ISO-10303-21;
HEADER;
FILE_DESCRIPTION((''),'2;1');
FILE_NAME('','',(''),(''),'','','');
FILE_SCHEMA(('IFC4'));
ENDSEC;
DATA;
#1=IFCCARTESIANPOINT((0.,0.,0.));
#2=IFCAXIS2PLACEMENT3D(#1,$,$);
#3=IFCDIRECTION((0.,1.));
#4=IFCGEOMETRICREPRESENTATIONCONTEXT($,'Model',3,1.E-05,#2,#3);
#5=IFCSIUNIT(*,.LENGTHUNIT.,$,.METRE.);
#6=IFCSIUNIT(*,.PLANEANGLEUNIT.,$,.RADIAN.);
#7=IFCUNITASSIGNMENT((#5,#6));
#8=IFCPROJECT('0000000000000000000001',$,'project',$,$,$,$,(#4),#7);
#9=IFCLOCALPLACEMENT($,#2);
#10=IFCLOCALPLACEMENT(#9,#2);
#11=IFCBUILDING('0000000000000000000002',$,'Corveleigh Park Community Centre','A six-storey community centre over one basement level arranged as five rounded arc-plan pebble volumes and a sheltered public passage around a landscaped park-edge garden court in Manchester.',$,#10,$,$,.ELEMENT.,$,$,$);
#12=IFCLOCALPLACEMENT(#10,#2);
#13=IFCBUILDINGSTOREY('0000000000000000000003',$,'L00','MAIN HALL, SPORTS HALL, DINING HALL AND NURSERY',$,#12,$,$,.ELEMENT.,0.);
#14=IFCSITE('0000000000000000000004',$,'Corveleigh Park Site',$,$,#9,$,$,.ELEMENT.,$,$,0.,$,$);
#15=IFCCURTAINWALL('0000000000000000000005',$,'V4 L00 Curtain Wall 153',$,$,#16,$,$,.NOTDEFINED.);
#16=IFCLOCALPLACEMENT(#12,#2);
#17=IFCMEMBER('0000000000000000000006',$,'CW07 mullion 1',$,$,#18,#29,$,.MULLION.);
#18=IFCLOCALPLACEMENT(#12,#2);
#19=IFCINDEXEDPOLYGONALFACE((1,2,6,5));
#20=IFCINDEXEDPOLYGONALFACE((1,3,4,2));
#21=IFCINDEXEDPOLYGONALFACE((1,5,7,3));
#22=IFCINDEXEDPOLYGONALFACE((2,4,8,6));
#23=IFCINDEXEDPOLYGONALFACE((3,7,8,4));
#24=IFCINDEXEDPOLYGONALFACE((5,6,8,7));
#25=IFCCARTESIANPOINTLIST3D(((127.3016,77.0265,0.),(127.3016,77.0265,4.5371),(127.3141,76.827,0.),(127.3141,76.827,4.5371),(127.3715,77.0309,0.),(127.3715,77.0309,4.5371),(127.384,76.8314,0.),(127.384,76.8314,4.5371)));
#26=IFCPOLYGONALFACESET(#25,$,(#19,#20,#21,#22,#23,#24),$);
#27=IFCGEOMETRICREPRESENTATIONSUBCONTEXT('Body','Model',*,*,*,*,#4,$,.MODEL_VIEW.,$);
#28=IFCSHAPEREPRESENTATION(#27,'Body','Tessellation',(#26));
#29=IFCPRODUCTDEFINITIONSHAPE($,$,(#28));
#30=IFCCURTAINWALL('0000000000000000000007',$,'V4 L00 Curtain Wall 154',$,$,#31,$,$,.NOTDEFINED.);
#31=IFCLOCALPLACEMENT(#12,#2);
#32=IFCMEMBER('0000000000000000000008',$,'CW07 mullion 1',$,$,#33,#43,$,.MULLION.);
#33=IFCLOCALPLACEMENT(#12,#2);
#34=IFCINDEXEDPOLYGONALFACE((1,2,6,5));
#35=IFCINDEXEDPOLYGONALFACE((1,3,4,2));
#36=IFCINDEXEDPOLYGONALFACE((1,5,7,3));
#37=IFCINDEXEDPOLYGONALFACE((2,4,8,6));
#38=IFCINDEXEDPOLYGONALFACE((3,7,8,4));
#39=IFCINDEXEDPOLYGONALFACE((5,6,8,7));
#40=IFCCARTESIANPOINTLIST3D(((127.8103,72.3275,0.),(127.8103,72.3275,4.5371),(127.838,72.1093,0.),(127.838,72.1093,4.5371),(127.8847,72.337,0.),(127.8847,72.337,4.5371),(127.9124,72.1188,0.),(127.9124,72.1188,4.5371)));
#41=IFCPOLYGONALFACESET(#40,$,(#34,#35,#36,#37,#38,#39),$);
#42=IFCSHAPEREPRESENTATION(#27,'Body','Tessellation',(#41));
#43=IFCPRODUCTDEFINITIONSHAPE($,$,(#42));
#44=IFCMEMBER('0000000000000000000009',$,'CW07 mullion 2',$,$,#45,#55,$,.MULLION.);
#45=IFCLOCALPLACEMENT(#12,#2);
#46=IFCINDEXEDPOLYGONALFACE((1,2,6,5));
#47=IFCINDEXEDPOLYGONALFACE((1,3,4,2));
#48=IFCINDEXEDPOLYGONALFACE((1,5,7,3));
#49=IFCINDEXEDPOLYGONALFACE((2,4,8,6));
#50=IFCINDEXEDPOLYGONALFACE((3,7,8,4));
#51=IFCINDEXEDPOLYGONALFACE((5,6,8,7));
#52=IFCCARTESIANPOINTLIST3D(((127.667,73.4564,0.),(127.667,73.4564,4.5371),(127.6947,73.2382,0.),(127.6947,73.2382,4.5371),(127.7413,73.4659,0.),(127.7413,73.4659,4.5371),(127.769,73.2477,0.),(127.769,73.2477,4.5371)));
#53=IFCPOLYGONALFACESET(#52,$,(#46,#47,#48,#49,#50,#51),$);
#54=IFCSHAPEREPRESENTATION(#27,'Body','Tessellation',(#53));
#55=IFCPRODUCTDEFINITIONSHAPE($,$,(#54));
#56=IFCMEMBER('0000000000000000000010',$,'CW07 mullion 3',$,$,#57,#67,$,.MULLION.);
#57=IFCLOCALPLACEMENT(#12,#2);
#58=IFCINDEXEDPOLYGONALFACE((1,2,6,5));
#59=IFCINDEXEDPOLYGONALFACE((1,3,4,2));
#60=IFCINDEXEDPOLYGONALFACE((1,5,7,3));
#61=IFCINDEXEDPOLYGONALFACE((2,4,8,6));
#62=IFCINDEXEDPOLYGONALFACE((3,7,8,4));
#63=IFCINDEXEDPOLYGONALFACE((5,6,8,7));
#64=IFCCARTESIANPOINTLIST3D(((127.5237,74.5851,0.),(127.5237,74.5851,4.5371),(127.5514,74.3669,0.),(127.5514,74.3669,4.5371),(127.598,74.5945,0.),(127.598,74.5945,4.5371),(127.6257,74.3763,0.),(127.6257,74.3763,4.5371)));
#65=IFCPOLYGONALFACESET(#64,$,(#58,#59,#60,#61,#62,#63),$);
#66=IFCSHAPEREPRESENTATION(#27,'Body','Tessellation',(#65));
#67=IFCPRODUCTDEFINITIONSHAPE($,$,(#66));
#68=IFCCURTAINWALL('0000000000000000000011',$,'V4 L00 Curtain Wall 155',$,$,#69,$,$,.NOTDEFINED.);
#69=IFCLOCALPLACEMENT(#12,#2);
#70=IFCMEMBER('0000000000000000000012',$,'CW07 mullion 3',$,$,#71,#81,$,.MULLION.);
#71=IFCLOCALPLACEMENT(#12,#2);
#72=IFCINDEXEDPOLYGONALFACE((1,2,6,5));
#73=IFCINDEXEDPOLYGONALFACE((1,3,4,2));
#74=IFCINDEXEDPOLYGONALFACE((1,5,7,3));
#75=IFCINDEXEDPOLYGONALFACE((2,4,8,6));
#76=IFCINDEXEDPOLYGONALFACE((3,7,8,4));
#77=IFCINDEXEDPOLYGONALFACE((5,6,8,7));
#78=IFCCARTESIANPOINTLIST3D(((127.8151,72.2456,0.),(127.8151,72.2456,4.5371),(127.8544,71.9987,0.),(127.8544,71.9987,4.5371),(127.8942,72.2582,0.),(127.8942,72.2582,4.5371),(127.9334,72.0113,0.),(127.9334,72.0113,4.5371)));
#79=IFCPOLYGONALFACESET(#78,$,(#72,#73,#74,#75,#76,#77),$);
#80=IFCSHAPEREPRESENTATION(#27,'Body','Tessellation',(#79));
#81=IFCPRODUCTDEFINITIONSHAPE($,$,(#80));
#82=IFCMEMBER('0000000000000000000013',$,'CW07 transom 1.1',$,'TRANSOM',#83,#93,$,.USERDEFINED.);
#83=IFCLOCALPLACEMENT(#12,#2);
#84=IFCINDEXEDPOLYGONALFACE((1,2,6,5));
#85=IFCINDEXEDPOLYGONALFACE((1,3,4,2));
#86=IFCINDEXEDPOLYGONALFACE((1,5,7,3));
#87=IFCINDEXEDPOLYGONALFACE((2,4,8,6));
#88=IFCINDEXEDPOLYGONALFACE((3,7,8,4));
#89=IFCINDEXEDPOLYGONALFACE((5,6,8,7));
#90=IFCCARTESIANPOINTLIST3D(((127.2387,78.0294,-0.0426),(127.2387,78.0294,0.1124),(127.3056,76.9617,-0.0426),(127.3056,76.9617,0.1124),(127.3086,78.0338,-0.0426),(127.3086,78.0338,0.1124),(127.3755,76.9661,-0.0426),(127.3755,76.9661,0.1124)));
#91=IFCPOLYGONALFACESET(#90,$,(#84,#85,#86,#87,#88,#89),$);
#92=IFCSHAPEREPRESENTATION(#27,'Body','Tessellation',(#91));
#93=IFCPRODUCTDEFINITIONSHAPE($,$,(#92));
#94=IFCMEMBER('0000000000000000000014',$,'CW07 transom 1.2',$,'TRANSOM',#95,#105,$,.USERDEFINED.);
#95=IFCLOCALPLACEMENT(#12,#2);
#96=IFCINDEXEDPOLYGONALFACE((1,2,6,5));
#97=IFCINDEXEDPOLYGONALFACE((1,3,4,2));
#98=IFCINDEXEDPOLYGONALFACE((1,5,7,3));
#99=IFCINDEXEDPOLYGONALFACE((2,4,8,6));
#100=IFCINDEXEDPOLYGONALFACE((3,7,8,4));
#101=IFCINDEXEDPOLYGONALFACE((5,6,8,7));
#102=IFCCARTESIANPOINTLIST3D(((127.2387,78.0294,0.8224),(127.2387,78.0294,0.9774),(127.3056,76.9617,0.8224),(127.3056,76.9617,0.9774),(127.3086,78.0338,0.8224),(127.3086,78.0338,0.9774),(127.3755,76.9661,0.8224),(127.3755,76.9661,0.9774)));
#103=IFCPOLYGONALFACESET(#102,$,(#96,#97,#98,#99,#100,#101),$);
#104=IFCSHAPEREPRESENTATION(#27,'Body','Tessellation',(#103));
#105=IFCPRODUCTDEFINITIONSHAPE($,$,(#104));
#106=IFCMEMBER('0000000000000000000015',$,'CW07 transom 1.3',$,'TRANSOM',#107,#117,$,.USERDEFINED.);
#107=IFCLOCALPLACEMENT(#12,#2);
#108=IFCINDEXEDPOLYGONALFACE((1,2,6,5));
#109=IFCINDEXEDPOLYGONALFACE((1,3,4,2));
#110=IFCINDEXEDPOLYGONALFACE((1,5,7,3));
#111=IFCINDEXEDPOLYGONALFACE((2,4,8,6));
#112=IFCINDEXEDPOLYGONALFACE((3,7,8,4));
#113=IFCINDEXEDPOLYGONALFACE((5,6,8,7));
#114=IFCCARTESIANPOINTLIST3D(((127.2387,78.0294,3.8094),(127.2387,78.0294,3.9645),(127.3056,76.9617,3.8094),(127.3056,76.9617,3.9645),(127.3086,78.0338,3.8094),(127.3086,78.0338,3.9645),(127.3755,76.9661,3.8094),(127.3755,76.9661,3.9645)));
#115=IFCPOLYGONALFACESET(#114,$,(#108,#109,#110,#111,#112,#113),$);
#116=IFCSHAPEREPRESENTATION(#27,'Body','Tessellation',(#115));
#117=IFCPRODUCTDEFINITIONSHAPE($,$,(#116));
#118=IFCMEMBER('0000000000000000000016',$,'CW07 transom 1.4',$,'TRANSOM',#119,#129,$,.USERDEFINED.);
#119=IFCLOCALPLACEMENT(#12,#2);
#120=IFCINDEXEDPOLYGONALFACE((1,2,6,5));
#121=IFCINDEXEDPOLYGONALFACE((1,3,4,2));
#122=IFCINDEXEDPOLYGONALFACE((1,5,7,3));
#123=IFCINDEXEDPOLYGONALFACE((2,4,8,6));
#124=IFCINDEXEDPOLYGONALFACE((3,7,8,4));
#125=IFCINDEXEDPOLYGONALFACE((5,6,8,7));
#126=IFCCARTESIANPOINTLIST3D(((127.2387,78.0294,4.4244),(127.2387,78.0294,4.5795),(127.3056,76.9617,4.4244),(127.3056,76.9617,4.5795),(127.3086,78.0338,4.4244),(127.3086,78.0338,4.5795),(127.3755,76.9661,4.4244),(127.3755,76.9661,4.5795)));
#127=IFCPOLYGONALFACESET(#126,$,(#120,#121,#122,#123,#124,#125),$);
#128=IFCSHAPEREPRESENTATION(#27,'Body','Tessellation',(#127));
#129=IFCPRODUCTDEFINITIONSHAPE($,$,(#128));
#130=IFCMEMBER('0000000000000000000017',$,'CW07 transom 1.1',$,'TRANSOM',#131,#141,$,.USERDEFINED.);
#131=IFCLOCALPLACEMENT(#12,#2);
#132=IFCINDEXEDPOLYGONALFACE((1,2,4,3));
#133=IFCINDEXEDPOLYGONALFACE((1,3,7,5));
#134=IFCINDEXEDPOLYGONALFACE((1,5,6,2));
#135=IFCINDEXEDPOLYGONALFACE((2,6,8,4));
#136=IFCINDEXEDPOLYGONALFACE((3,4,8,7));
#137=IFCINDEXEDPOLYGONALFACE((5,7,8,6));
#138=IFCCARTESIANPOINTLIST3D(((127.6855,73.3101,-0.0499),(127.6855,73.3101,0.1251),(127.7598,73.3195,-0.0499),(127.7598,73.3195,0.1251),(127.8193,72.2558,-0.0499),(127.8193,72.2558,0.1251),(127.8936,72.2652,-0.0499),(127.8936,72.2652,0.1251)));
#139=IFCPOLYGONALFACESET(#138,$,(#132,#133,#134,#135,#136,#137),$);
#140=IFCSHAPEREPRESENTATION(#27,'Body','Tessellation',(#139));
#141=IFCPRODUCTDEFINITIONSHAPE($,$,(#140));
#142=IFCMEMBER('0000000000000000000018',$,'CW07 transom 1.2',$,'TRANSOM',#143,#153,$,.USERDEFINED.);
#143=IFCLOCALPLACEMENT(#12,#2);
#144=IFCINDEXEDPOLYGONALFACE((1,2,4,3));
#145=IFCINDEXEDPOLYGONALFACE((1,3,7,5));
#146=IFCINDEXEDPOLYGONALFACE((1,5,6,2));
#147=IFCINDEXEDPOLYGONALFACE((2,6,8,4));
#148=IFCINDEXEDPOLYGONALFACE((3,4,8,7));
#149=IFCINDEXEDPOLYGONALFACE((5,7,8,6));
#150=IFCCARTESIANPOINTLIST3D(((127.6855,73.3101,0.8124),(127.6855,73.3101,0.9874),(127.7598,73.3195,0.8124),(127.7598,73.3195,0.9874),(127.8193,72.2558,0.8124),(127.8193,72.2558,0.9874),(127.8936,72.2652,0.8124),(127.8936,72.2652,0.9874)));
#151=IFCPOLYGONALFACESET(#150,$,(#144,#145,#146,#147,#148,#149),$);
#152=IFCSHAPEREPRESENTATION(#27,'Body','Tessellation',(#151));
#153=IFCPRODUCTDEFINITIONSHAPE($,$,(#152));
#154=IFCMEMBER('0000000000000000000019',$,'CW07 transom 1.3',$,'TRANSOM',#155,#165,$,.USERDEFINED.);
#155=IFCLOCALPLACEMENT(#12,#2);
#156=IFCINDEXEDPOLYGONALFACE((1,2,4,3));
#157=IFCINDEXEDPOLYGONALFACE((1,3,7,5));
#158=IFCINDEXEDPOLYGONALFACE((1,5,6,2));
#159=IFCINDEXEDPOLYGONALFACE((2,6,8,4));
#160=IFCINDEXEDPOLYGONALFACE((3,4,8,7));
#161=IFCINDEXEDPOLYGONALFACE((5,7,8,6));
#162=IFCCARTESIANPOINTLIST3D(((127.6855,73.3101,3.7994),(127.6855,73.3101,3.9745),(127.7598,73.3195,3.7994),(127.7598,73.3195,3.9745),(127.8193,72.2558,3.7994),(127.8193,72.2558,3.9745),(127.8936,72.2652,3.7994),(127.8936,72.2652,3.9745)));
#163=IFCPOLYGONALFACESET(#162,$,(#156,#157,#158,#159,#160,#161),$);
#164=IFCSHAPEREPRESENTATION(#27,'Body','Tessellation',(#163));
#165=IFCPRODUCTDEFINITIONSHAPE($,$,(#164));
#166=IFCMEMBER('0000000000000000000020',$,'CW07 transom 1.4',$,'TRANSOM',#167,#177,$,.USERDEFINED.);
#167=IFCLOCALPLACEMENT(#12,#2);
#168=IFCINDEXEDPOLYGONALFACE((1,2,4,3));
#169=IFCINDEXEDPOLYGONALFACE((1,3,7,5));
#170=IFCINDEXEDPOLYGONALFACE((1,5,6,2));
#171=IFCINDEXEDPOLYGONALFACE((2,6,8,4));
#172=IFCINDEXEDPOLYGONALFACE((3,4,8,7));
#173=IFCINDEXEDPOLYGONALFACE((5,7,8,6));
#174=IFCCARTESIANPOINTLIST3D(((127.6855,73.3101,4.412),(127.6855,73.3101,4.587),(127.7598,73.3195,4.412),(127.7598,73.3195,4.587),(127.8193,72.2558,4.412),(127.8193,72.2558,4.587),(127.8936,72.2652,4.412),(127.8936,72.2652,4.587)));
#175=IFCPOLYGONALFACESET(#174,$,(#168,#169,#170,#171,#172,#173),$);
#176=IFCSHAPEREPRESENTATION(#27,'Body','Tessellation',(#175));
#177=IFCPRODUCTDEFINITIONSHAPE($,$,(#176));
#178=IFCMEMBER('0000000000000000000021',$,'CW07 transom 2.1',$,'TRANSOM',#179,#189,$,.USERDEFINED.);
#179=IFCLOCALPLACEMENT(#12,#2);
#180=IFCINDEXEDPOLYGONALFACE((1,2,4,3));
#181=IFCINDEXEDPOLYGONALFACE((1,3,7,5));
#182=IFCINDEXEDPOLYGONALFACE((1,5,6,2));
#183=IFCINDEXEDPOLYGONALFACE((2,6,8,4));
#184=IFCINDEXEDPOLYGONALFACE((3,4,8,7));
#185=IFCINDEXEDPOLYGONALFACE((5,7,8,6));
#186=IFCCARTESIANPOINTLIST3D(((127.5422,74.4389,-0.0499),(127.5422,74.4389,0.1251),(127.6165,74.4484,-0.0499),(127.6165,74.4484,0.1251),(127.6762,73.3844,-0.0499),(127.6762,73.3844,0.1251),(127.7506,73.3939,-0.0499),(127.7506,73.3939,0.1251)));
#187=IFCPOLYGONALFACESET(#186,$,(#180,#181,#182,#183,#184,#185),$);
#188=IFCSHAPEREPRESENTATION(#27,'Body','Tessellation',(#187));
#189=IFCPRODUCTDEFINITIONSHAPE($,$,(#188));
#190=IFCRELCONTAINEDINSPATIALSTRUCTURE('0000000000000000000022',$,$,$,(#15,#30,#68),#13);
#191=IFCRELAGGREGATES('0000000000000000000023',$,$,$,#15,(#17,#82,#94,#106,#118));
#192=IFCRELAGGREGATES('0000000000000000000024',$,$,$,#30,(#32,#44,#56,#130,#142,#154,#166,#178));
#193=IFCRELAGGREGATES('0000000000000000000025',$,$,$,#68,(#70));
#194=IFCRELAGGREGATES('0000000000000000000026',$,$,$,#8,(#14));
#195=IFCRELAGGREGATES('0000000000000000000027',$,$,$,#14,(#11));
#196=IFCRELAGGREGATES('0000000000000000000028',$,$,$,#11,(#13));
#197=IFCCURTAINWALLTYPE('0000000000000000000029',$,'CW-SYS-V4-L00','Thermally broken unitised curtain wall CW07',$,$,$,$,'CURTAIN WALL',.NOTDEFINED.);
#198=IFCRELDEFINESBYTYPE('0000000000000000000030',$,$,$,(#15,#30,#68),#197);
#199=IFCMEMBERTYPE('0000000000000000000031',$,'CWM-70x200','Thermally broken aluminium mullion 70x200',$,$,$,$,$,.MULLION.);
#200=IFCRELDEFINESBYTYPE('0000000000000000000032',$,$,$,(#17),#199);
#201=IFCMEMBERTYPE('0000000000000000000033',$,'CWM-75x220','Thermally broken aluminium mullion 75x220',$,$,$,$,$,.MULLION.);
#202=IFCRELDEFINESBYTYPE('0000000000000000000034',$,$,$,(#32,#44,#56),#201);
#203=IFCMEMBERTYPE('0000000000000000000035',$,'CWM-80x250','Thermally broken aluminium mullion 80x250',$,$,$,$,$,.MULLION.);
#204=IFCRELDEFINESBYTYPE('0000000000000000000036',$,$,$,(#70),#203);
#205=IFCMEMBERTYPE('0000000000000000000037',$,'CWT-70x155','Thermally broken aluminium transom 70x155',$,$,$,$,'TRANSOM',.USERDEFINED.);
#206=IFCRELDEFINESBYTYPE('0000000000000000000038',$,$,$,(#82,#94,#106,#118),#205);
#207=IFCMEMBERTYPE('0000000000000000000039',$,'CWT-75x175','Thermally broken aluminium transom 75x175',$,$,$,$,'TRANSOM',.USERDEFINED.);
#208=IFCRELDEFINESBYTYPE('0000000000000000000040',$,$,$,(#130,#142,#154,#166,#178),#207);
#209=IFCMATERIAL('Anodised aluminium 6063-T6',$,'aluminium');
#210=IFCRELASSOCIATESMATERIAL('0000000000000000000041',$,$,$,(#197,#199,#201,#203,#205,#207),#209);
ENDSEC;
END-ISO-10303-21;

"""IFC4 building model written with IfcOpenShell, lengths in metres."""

from ifc_helpers import new_model, si_unit, direction, frame, origin, origin_2d, place, context, subcontext, project, spatial, rectangle, extrude, material, material_profile, profile_set, type_object, element, aggregate, save


model = new_model("IFC4")

# Units and contexts
model_context = context("Model", 3, precision=1e-05, world=origin(), true_north=direction((0.0, 1.0)))
body_context = subcontext(model_context, "Body", "Model", "MODEL_VIEW")
ifc_project = project(units=[si_unit("LENGTHUNIT", "METRE"), si_unit("PLANEANGLEUNIT", "RADIAN")], contexts=[model_context])

# Site, building, storey
site_placement = place(None, origin())
site = spatial("IfcSite", under=ifc_project, at=site_placement, Name="Corveleigh Park Site", CompositionType="ELEMENT", RefElevation=0.0)
building_placement = place(site_placement, origin())
building = spatial("IfcBuilding", under=site, at=building_placement, Name="Corveleigh Park Community Centre", Description="A six-storey community centre over one basement level arranged as five rounded arc-plan pebble volumes and a sheltered public passage around a landscaped park-edge garden court in Manchester.", CompositionType="ELEMENT")
storey_placement = place(building_placement, origin())
storey = spatial("IfcBuildingStorey", under=building, at=storey_placement, Name="L00", Description="MAIN HALL, SPORTS HALL, DINING HALL AND NURSERY", CompositionType="ELEMENT", Elevation=0.0)

# Curtain wall, member
ifc_material_1 = material(Name="Anodised aluminium 6063-T6", Category="aluminium")
curtain_wall_type = type_object("IfcCurtainWallType", Name="CW-SYS-V4-L00", Description="Thermally broken unitised curtain wall CW07", ElementType="CURTAIN WALL", PredefinedType="NOTDEFINED", material=ifc_material_1)
curtain_wall_1_placement = place(storey_placement, origin())
curtain_wall_1 = element("IfcCurtainWall", 1, at=curtain_wall_1_placement, inside=storey, type_object=curtain_wall_type, Name="V4 L00 Curtain Wall 153", PredefinedType="NOTDEFINED")
ifc_material_profile_1 = material_profile(ifc_material_1, rectangle(XDim=0.0701, YDim=0.2, at=origin_2d()), Name="ALU-M70x200", Category="aluminium")
ifc_profile_set_1 = profile_set([ifc_material_profile_1], Name="Anodised aluminium 6063-T6")
member_type_1 = type_object("IfcMemberType", Name="CWM-70x200", Description="Thermally broken aluminium mullion 70x200", PredefinedType="MULLION", material=ifc_profile_set_1)
member_1_placement = place(storey_placement, frame((127.3428, 76.929, 0.0), z_axis=(0.0, 0.0, 1.0), x_axis=(-0.998041, -0.062564, 0.0)))
member_1 = element("IfcMember", 2, at=member_1_placement, type_object=member_type_1, Name="CW07 mullion 1", PredefinedType="MULLION", context=body_context, shape_type="SweptSolid", body=[
    extrude(rectangle(XDim=0.0701, YDim=0.2, at=origin_2d()), origin(), (0.0, 0.0, 1.0), 4.5371),
])

# Curtain wall, members
curtain_wall_2_placement = place(storey_placement, origin())
curtain_wall_2 = element("IfcCurtainWall", 3, at=curtain_wall_2_placement, inside=storey, type_object=curtain_wall_type, Name="V4 L00 Curtain Wall 154", PredefinedType="NOTDEFINED")
ifc_material_profile_2 = material_profile(ifc_material_1, rectangle(XDim=0.075, YDim=0.22, at=origin_2d()), Name="ALU-M75x220", Category="aluminium")
ifc_profile_set_2 = profile_set([ifc_material_profile_2], Name="Anodised aluminium 6063-T6")
member_type_2 = type_object("IfcMemberType", Name="CWM-75x220", Description="Thermally broken aluminium mullion 75x220", PredefinedType="MULLION", material=ifc_profile_set_2)
member_2_placement = place(storey_placement, frame((127.8613, 72.2231, 0.0), z_axis=(0.0, 0.0, 1.0), x_axis=(-0.99204, -0.125919, 0.0)))
member_2 = element("IfcMember", 4, at=member_2_placement, type_object=member_type_2, Name="CW07 mullion 1", PredefinedType="MULLION", context=body_context, shape_type="SweptSolid", body=[
    extrude(rectangle(XDim=0.075, YDim=0.22, at=origin_2d()), origin(), (0.0, 0.0, 1.0), 4.5371),
])
member_3_placement = place(storey_placement, frame((127.718, 73.3521, 0.0), z_axis=(0.0, 0.0, 1.0), x_axis=(-0.99204, -0.125919, 0.0)))
member_3 = element("IfcMember", 5, at=member_3_placement, type_object=member_type_2, Name="CW07 mullion 2", PredefinedType="MULLION", context=body_context, shape_type="SweptSolid", body=[
    extrude(rectangle(XDim=0.075, YDim=0.22, at=origin_2d()), origin(), (0.0, 0.0, 1.0), 4.5371),
])
member_4_placement = place(storey_placement, frame((127.5747, 74.4807, 0.0), z_axis=(0.0, 0.0, 1.0), x_axis=(-0.99204, -0.125919, 0.0)))
member_4 = element("IfcMember", 6, at=member_4_placement, type_object=member_type_2, Name="CW07 mullion 3", PredefinedType="MULLION", context=body_context, shape_type="SweptSolid", body=[
    extrude(rectangle(XDim=0.075, YDim=0.22, at=origin_2d()), origin(), (0.0, 0.0, 1.0), 4.5371),
])

# Curtain wall, member
curtain_wall_3_placement = place(storey_placement, origin())
curtain_wall_3 = element("IfcCurtainWall", 7, at=curtain_wall_3_placement, inside=storey, type_object=curtain_wall_type, Name="V4 L00 Curtain Wall 155", PredefinedType="NOTDEFINED")
ifc_material_profile_3 = material_profile(ifc_material_1, rectangle(XDim=0.0801, YDim=0.25, at=origin_2d()), Name="ALU-M80x250", Category="aluminium")
ifc_profile_set_3 = profile_set([ifc_material_profile_3], Name="Anodised aluminium 6063-T6")
member_type_3 = type_object("IfcMemberType", Name="CWM-80x250", Description="Thermally broken aluminium mullion 80x250", PredefinedType="MULLION", material=ifc_profile_set_3)
member_5_placement = place(storey_placement, frame((127.8743, 72.1284, 0.0), z_axis=(0.0, 0.0, 1.0), x_axis=(-0.987597, -0.157011, 0.0)))
member_5 = element("IfcMember", 8, at=member_5_placement, type_object=member_type_3, Name="CW07 mullion 3", PredefinedType="MULLION", context=body_context, shape_type="SweptSolid", body=[
    extrude(rectangle(XDim=0.0801, YDim=0.25, at=origin_2d()), origin(), (0.0, 0.0, 1.0), 4.5371),
])

# Members
ifc_material_profile_4 = material_profile(ifc_material_1, rectangle(XDim=0.0701, YDim=0.155, at=origin_2d()), Name="ALU-T70x155", Category="aluminium")
ifc_profile_set_4 = profile_set([ifc_material_profile_4], Name="Anodised aluminium 6063-T6")
member_type_4 = type_object("IfcMemberType", Name="CWT-70x155", Description="Thermally broken aluminium transom 70x155", ElementType="TRANSOM", PredefinedType="USERDEFINED", material=ifc_profile_set_4)
member_6_placement = place(storey_placement, frame((127.3406, 76.9639, 0.0349), z_axis=(-0.062535, 0.998043, 0.0), x_axis=(-0.998043, -0.062535, 0.0)))
member_6 = element("IfcMember", 9, at=member_6_placement, type_object=member_type_4, Name="CW07 transom 1.1", ObjectType="TRANSOM", PredefinedType="USERDEFINED", context=body_context, shape_type="SweptSolid", body=[
    extrude(rectangle(XDim=0.0701, YDim=0.155, at=origin_2d()), origin(), (0.0, 0.0, 1.0), 1.0698),
])
member_7_placement = place(storey_placement, frame((127.3406, 76.9639, 0.8999), z_axis=(-0.062535, 0.998043, 0.0), x_axis=(-0.998043, -0.062535, 0.0)))
member_7 = element("IfcMember", 10, at=member_7_placement, type_object=member_type_4, Name="CW07 transom 1.2", ObjectType="TRANSOM", PredefinedType="USERDEFINED", context=body_context, shape_type="SweptSolid", body=[
    extrude(rectangle(XDim=0.0701, YDim=0.155, at=origin_2d()), origin(), (0.0, 0.0, 1.0), 1.0698),
])
member_8_placement = place(storey_placement, frame((127.3406, 76.9639, 3.887), z_axis=(-0.062535, 0.998043, 0.0), x_axis=(-0.998043, -0.062535, 0.0)))
member_8 = element("IfcMember", 11, at=member_8_placement, type_object=member_type_4, Name="CW07 transom 1.3", ObjectType="TRANSOM", PredefinedType="USERDEFINED", context=body_context, shape_type="SweptSolid", body=[
    extrude(rectangle(XDim=0.0701, YDim=0.155, at=origin_2d()), origin(), (0.0, 0.0, 1.0), 1.0698),
])
member_9_placement = place(storey_placement, frame((127.3406, 76.9639, 4.502), z_axis=(-0.062535, 0.998043, 0.0), x_axis=(-0.998043, -0.062535, 0.0)))
member_9 = element("IfcMember", 12, at=member_9_placement, type_object=member_type_4, Name="CW07 transom 1.4", ObjectType="TRANSOM", PredefinedType="USERDEFINED", context=body_context, shape_type="SweptSolid", body=[
    extrude(rectangle(XDim=0.0701, YDim=0.155, at=origin_2d()), origin(), (0.0, 0.0, 1.0), 1.0698),
])
ifc_material_profile_5 = material_profile(ifc_material_1, rectangle(XDim=0.075, YDim=0.175, at=origin_2d()), Name="ALU-T75x175", Category="aluminium")
ifc_profile_set_5 = profile_set([ifc_material_profile_5], Name="Anodised aluminium 6063-T6")
member_type_5 = type_object("IfcMemberType", Name="CWT-75x175", Description="Thermally broken aluminium transom 75x175", ElementType="TRANSOM", PredefinedType="USERDEFINED", material=ifc_profile_set_5)
member_10_placement = place(storey_placement, frame((127.8564, 72.2605, 0.0376), z_axis=(-0.125901, 0.992043, 0.0), x_axis=(-0.992043, -0.125901, 0.0)))
member_10 = element("IfcMember", 13, at=member_10_placement, type_object=member_type_5, Name="CW07 transom 1.1", ObjectType="TRANSOM", PredefinedType="USERDEFINED", context=body_context, shape_type="SweptSolid", body=[
    extrude(rectangle(XDim=0.075, YDim=0.175, at=origin_2d()), origin(), (0.0, 0.0, 1.0), 1.0627),
])
member_11_placement = place(storey_placement, frame((127.8564, 72.2605, 0.8999), z_axis=(-0.125901, 0.992043, 0.0), x_axis=(-0.992043, -0.125901, 0.0)))
member_11 = element("IfcMember", 14, at=member_11_placement, type_object=member_type_5, Name="CW07 transom 1.2", ObjectType="TRANSOM", PredefinedType="USERDEFINED", context=body_context, shape_type="SweptSolid", body=[
    extrude(rectangle(XDim=0.075, YDim=0.175, at=origin_2d()), origin(), (0.0, 0.0, 1.0), 1.0627),
])
member_12_placement = place(storey_placement, frame((127.8564, 72.2605, 3.887), z_axis=(-0.125901, 0.992043, 0.0), x_axis=(-0.992043, -0.125901, 0.0)))
member_12 = element("IfcMember", 15, at=member_12_placement, type_object=member_type_5, Name="CW07 transom 1.3", ObjectType="TRANSOM", PredefinedType="USERDEFINED", context=body_context, shape_type="SweptSolid", body=[
    extrude(rectangle(XDim=0.075, YDim=0.175, at=origin_2d()), origin(), (0.0, 0.0, 1.0), 1.0627),
])
member_13_placement = place(storey_placement, frame((127.8564, 72.2605, 4.4995), z_axis=(-0.125901, 0.992043, 0.0), x_axis=(-0.992043, -0.125901, 0.0)))
member_13 = element("IfcMember", 16, at=member_13_placement, type_object=member_type_5, Name="CW07 transom 1.4", ObjectType="TRANSOM", PredefinedType="USERDEFINED", context=body_context, shape_type="SweptSolid", body=[
    extrude(rectangle(XDim=0.075, YDim=0.175, at=origin_2d()), origin(), (0.0, 0.0, 1.0), 1.0627),
])
member_14_placement = place(storey_placement, frame((127.7134, 73.3892, 0.0376), z_axis=(-0.126098, 0.992018, 0.0), x_axis=(-0.992018, -0.126098, 0.0)))
member_14 = element("IfcMember", 17, at=member_14_placement, type_object=member_type_5, Name="CW07 transom 2.1", ObjectType="TRANSOM", PredefinedType="USERDEFINED", context=body_context, shape_type="SweptSolid", body=[
    extrude(rectangle(XDim=0.075, YDim=0.175, at=origin_2d()), origin(), (0.0, 0.0, 1.0), 1.063),
])

aggregate(curtain_wall_1, [member_1, member_6, member_7, member_8, member_9])
aggregate(curtain_wall_2, [member_2, member_3, member_4, member_10, member_11, member_12, member_13, member_14])
aggregate(curtain_wall_3, [member_5])

save(model, "model.ifc")
